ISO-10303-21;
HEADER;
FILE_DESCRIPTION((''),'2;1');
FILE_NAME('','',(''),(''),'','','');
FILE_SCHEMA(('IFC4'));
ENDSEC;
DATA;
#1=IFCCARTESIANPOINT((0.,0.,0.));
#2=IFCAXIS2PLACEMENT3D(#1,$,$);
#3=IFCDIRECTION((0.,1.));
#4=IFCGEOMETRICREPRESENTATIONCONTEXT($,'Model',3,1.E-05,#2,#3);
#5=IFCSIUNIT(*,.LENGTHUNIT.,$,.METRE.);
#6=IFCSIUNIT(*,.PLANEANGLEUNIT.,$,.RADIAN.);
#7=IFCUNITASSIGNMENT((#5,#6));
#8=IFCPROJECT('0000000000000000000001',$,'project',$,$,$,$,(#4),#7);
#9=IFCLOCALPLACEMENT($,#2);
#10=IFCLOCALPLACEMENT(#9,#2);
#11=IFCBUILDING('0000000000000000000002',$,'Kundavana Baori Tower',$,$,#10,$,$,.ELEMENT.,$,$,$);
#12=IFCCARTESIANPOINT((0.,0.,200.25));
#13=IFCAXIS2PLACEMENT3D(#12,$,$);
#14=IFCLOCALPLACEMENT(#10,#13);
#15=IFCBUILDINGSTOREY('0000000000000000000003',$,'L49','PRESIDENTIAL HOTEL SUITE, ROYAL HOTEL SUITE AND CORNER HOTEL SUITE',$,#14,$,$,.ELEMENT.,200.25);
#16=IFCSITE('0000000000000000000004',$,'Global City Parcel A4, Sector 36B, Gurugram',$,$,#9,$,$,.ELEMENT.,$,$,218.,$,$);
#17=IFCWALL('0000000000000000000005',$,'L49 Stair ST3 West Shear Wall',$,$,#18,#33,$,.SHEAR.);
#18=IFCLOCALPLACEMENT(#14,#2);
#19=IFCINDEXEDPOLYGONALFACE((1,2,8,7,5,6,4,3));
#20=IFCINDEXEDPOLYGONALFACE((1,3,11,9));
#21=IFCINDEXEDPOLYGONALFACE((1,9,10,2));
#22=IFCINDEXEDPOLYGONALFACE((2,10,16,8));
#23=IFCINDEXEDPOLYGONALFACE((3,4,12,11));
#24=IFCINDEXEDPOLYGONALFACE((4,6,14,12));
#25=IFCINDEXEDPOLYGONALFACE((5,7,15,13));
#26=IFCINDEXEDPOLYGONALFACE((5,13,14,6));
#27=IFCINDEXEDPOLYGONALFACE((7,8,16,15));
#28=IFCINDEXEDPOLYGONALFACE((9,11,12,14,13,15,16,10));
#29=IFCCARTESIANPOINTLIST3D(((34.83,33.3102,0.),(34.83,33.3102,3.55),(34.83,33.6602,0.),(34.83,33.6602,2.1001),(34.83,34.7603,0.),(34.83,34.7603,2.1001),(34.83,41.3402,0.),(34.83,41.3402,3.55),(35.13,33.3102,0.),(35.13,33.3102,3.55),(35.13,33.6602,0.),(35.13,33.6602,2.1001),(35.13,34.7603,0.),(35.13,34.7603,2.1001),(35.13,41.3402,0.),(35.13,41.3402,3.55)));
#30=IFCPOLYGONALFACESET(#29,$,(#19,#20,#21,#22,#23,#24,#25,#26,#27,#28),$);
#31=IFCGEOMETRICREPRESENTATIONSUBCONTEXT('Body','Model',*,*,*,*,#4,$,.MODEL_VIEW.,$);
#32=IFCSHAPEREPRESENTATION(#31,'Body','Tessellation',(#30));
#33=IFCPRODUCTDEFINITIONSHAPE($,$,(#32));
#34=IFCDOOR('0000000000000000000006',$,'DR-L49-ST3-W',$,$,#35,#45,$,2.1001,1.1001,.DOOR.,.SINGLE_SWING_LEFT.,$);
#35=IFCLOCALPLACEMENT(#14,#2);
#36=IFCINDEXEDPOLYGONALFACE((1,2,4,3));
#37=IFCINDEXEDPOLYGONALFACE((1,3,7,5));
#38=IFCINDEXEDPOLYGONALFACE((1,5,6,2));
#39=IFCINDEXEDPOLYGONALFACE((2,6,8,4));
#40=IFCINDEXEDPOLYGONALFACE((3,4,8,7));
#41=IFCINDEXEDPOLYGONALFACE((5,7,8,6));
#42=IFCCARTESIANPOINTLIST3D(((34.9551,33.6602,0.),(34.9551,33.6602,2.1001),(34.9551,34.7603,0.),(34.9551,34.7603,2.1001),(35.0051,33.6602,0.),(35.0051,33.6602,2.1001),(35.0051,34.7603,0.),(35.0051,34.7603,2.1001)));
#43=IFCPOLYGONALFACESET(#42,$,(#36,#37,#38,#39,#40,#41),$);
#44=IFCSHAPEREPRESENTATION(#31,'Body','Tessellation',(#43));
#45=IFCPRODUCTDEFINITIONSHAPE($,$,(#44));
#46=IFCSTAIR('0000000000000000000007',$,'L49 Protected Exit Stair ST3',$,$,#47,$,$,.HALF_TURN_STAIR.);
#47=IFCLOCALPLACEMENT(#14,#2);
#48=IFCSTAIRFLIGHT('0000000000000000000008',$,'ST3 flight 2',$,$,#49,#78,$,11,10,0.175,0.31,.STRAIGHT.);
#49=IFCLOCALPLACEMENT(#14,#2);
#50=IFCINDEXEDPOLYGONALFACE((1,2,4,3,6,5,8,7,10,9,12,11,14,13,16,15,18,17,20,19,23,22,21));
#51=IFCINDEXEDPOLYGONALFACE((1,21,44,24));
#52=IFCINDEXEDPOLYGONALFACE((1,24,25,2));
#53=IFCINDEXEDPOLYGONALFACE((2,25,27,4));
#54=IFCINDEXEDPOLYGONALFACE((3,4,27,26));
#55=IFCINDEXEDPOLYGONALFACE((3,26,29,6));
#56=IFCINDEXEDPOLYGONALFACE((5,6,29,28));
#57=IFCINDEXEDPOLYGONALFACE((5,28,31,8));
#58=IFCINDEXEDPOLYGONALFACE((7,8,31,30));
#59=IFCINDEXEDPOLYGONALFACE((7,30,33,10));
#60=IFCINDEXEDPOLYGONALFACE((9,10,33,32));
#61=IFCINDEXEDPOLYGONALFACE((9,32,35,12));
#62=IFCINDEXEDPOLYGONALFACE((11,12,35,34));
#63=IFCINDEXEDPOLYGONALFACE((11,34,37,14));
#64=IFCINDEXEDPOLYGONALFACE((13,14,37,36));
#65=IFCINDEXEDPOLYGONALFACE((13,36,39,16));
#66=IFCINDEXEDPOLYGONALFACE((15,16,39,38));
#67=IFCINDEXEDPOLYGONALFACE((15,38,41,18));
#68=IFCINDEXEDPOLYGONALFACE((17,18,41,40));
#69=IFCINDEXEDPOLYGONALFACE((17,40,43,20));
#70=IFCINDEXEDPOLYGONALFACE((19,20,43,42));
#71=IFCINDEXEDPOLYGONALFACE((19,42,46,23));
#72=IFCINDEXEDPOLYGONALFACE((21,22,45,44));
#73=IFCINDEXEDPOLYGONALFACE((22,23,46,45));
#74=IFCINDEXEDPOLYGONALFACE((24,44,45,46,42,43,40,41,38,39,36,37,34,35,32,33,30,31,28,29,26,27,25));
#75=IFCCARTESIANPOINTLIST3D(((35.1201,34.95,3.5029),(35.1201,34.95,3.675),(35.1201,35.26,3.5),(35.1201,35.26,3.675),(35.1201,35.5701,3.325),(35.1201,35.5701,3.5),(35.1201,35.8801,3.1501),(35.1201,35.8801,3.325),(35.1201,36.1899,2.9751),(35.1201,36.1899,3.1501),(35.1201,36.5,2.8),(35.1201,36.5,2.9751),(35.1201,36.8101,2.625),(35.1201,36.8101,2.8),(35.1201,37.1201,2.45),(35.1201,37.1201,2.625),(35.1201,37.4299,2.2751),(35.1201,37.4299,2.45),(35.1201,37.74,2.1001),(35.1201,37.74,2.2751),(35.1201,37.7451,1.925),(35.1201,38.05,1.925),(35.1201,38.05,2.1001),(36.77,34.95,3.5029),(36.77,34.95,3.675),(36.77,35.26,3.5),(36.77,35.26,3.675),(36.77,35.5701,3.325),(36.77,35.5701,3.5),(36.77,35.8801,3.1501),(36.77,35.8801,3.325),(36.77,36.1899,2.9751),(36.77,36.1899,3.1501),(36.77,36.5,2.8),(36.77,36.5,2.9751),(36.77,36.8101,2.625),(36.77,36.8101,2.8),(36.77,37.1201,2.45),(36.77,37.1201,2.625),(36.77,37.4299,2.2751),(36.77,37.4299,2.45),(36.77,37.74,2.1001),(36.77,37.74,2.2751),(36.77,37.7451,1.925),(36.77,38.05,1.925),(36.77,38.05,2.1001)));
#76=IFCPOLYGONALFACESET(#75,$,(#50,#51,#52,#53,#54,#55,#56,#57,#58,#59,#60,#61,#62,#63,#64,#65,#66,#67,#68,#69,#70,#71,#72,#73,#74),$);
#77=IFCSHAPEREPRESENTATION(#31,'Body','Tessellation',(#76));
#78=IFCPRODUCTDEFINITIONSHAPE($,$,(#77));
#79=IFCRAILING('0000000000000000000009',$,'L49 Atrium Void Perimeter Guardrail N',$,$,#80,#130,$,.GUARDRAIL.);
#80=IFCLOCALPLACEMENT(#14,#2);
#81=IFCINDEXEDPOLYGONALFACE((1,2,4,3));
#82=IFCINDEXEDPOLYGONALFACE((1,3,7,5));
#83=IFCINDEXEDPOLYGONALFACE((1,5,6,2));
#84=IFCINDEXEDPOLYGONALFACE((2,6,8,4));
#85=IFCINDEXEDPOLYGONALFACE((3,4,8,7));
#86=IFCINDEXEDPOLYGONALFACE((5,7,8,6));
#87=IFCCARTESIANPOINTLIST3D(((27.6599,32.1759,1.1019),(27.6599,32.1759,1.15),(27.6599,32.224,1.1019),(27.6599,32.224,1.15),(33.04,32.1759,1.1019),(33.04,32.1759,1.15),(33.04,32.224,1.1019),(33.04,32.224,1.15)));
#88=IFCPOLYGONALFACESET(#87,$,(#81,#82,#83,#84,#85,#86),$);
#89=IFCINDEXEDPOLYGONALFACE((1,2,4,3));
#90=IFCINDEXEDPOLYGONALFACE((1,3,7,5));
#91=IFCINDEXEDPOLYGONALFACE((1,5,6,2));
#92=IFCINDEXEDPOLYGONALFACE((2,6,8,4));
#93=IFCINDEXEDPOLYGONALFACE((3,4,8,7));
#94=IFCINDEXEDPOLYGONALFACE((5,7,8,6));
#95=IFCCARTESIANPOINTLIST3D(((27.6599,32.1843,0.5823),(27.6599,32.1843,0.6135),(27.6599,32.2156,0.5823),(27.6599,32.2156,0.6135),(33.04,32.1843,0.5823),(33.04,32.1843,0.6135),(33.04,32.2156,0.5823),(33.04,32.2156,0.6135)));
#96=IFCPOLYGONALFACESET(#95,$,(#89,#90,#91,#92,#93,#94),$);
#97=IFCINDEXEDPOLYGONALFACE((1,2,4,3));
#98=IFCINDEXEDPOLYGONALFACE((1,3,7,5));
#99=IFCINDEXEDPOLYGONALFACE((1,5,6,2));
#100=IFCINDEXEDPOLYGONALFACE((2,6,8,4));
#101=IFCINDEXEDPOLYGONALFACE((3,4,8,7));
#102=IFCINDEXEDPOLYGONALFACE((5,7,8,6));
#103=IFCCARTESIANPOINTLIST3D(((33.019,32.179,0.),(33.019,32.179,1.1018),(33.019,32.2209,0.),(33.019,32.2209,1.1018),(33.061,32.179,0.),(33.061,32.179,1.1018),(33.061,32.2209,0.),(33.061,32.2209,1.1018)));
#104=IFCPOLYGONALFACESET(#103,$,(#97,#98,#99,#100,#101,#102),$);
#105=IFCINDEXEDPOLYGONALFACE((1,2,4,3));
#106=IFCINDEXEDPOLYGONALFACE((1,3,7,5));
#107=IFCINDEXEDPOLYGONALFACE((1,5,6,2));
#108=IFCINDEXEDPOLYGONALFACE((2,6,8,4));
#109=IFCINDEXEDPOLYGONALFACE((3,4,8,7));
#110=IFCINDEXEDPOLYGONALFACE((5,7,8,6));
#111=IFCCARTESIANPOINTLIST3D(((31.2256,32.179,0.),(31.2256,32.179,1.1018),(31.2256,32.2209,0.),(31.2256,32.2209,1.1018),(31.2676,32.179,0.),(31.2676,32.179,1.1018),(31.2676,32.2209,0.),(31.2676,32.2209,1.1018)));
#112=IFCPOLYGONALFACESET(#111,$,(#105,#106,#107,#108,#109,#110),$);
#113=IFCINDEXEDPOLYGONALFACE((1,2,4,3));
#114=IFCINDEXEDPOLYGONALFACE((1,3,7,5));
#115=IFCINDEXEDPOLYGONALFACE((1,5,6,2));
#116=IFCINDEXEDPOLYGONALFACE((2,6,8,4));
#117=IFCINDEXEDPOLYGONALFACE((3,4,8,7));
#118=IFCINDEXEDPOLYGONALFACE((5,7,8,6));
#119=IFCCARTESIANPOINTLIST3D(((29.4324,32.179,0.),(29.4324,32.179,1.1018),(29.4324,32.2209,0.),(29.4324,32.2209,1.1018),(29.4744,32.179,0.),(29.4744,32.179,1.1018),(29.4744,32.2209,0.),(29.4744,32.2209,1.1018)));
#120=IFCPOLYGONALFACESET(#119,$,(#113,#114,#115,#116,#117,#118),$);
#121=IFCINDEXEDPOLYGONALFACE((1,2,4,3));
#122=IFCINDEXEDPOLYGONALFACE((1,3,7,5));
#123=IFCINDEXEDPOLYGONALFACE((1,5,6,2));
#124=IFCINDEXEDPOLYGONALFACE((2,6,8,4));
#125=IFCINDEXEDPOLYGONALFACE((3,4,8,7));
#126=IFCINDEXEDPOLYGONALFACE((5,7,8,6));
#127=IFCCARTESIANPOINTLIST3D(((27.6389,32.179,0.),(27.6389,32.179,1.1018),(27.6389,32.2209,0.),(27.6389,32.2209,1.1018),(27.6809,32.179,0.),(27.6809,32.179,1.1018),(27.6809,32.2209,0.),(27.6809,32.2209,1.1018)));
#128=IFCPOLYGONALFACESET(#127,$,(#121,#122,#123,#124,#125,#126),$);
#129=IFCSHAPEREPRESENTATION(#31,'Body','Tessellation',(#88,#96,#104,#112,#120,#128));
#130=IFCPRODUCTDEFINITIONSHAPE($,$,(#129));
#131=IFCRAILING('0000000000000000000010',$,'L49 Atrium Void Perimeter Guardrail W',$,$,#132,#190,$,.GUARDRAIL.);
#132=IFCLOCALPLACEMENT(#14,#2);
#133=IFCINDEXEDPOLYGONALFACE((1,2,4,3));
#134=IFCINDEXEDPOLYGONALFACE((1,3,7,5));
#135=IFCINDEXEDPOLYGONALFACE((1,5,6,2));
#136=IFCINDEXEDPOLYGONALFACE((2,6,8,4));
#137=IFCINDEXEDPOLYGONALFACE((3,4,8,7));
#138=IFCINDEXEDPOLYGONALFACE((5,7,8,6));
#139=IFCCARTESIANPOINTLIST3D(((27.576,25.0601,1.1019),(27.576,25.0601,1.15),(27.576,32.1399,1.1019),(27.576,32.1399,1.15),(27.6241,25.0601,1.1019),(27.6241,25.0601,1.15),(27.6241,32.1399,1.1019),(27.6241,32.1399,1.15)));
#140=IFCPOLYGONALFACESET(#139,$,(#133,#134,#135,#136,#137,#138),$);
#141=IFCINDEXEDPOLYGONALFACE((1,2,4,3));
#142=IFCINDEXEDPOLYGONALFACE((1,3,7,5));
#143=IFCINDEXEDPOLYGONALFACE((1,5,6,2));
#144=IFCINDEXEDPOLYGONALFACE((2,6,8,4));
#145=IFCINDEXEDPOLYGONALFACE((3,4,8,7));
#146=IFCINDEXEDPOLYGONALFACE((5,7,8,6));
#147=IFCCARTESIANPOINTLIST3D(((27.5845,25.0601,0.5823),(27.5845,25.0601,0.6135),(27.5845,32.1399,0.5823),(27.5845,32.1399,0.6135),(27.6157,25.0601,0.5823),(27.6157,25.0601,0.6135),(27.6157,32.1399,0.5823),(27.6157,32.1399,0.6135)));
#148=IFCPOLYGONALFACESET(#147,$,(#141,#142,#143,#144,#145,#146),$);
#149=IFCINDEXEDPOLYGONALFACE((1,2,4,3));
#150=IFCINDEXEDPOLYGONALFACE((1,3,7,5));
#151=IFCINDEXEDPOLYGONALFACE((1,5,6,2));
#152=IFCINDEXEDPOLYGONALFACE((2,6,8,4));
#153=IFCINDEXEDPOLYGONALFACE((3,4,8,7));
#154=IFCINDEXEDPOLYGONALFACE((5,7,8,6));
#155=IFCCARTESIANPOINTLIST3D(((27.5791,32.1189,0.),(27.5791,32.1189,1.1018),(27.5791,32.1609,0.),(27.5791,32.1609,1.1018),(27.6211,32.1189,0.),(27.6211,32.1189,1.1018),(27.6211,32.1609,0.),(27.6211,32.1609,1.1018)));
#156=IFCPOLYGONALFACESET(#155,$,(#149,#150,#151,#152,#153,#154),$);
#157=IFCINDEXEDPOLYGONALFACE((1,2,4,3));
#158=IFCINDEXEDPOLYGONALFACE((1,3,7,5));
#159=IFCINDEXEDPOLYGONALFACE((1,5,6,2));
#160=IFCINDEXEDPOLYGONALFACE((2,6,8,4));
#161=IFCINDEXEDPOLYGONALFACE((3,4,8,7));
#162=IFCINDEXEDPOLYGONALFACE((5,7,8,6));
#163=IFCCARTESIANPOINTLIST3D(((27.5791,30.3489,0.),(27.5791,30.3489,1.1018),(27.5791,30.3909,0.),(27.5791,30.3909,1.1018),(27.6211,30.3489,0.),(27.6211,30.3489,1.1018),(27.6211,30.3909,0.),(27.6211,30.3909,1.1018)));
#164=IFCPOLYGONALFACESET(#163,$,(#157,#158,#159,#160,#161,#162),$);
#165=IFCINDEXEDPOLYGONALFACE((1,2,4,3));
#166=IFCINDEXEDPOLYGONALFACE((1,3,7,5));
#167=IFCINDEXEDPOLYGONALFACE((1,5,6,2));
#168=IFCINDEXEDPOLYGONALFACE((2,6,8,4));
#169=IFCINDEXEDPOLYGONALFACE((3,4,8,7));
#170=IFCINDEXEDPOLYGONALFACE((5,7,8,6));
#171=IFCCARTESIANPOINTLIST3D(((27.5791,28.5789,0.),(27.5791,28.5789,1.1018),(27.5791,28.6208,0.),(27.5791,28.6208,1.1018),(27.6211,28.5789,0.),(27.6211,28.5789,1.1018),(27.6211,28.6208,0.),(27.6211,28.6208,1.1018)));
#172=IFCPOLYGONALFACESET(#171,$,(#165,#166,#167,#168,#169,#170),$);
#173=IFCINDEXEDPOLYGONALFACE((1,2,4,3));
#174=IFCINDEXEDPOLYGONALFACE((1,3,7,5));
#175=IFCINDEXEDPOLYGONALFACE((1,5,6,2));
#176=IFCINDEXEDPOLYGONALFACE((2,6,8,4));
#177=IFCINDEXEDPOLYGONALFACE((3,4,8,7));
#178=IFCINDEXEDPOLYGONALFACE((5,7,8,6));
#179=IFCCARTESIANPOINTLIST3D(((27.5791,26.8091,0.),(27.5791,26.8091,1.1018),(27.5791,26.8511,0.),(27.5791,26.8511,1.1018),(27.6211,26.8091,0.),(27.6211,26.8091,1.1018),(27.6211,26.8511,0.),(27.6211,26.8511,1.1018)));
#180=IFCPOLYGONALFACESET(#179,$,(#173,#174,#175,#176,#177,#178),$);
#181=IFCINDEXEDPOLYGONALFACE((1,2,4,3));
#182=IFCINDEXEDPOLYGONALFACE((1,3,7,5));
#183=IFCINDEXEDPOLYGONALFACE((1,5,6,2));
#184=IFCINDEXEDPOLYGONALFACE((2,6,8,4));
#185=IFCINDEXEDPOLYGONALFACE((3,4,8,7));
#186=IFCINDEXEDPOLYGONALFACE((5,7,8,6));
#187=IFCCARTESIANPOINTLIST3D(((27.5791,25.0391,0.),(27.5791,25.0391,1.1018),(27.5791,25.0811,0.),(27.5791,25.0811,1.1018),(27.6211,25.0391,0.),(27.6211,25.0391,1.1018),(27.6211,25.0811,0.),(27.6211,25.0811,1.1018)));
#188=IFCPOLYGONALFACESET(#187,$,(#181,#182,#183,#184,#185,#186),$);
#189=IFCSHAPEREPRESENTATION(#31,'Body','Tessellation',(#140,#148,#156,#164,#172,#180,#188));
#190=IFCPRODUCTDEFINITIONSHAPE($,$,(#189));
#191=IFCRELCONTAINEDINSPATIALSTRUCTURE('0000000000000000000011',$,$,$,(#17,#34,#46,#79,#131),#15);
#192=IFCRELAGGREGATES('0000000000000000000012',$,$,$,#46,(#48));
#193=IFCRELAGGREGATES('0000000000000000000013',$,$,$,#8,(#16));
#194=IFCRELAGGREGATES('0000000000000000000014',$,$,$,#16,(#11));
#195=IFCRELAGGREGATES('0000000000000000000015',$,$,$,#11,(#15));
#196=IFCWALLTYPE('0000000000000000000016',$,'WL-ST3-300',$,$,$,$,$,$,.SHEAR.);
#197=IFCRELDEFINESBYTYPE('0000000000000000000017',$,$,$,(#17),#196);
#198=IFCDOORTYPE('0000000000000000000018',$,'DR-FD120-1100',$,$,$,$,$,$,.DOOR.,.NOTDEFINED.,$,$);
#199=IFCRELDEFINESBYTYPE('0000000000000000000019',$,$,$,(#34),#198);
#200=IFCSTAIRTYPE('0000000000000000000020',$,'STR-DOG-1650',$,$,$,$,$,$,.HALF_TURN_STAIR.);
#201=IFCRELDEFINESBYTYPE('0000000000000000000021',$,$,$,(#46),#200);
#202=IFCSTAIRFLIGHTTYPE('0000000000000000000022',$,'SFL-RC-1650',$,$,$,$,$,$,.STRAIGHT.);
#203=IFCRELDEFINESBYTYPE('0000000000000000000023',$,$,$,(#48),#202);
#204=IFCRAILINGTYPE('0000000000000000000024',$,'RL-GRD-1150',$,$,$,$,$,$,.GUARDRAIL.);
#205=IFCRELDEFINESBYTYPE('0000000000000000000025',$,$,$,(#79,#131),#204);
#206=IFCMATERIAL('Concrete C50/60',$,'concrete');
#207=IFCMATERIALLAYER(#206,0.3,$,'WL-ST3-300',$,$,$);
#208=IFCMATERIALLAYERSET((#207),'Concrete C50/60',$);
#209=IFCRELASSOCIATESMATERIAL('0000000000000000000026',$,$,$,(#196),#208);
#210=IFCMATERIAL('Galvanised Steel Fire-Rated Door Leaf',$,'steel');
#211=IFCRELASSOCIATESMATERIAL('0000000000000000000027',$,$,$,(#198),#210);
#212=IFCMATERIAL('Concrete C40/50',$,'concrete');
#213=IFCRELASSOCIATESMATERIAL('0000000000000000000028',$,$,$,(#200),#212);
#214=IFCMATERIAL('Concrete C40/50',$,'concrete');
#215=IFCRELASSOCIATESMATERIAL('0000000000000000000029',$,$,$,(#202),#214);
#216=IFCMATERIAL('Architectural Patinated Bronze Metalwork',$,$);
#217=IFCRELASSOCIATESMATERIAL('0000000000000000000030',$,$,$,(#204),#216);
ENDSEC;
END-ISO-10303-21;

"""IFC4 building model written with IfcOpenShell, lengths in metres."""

from ifc_helpers import new_model, si_unit, direction, frame, frame_2d, origin, origin_2d, place, context, subcontext, project, spatial, polyline, rectangle, outline, extrude, material, layer, layer_set, type_object, element, fill, aggregate, save


model = new_model("IFC4")

# Units and contexts
model_context = context("Model", 3, precision=1e-05, world=origin(), true_north=direction((0.0, 1.0)))
body_context = subcontext(model_context, "Body", "Model", "MODEL_VIEW")
ifc_project = project(units=[si_unit("LENGTHUNIT", "METRE"), si_unit("PLANEANGLEUNIT", "RADIAN")], contexts=[model_context])

# Site, building, storey
site_placement = place(None, origin())
site = spatial("IfcSite", under=ifc_project, at=site_placement, Name="Global City Parcel A4, Sector 36B, Gurugram", CompositionType="ELEMENT", RefElevation=218.0)
building_placement = place(site_placement, origin())
building = spatial("IfcBuilding", under=site, at=building_placement, Name="Kundavana Baori Tower", CompositionType="ELEMENT")
storey_placement = place(building_placement, frame((0.0, 0.0, 200.25)))
storey = spatial("IfcBuildingStorey", under=building, at=storey_placement, Name="L49", Description="PRESIDENTIAL HOTEL SUITE, ROYAL HOTEL SUITE AND CORNER HOTEL SUITE", CompositionType="ELEMENT", Elevation=200.25)

# Shared definitions
ifc_material_1 = material(Name="Concrete C50/60", Category="concrete")
ifc_layer_1 = layer(ifc_material_1, 0.3, Name="WL-ST3-300")
ifc_layer_set_1 = layer_set([ifc_layer_1], Name="Concrete C50/60")
wall_type_1 = type_object("IfcWallType", Name="WL-ST3-300", PredefinedType="SHEAR", material=ifc_layer_set_1)

# Wall, opening, door
wall_1_placement = place(storey_placement, frame((34.98, 33.3101, 0.0), z_axis=(0.0, 0.0, 1.0), x_axis=(0.0, 1.0, 0.0)))
wall_1 = element("IfcWall", 1, at=wall_1_placement, inside=storey, type_object=wall_type_1, Name="L49 Stair ST3 West Shear Wall", PredefinedType="SHEAR", context=body_context, shape_type="SweptSolid", body=[
    extrude(rectangle(XDim=8.03, YDim=0.3, at=frame_2d((4.0151, 0.0))), origin(), (0.0, 0.0, 1.0), 3.55),
])
opening_1_placement = place(wall_1_placement, frame((0.3501, 0.0, 0.0)))
opening_1 = element("IfcOpeningElement", 2, at=opening_1_placement, cuts=wall_1, PredefinedType="OPENING", context=body_context, shape_type="SweptSolid", body=[
    extrude(rectangle(XDim=1.1001, YDim=2.1001, at=frame_2d((0.55, 1.05))), frame((0.0, 0.1602, 0.0), z_axis=(0.0, -1.0, 0.0), x_axis=(1.0, 0.0, 0.0)), (0.0, 0.0, 1.0), 0.3201),
])
ifc_material_2 = material(Name="Galvanised Steel Fire-Rated Door Leaf", Category="steel")
door_type_1 = type_object("IfcDoorType", Name="DR-FD120-1100", OperationType="NOTDEFINED", PredefinedType="DOOR", material=ifc_material_2)
door_1_placement = place(opening_1_placement, origin())
door_1 = element("IfcDoor", 3, at=door_1_placement, inside=storey, type_object=door_type_1, Name="DR-L49-ST3-W", OperationType="SINGLE_SWING_LEFT", OverallHeight=2.1001, OverallWidth=1.1001, PredefinedType="DOOR", context=body_context, shape_type="SweptSolid", body=[
    extrude(rectangle(XDim=1.1001, YDim=2.1001, at=frame_2d((0.55, 1.05))), frame((0.0, 0.0249, 0.0), z_axis=(0.0, -1.0, 0.0), x_axis=(1.0, 0.0, 0.0)), (0.0, 0.0, 1.0), 0.05),
])
fill(opening_1, door_1)

# Stair, stair flight
ifc_material_3 = material(Name="Concrete C40/50", Category="concrete")
stair_type = type_object("IfcStairType", Name="STR-DOG-1650", PredefinedType="HALF_TURN_STAIR", material=ifc_material_3)
stair_placement = place(storey_placement, origin())
stair = element("IfcStair", 4, at=stair_placement, inside=storey, type_object=stair_type, Name="L49 Protected Exit Stair ST3", PredefinedType="HALF_TURN_STAIR")
ifc_material_4 = material(Name="Concrete C40/50", Category="concrete")
stair_flight_type = type_object("IfcStairFlightType", Name="SFL-RC-1650", PredefinedType="STRAIGHT", material=ifc_material_4)
stair_flight_placement = place(storey_placement, frame((35.9451, 38.05, 1.925), z_axis=(0.0, 0.0, 1.0), x_axis=(0.0, -1.0, 0.0)))
stair_flight = element("IfcStairFlight", 5, at=stair_flight_placement, type_object=stair_flight_type, Name="ST3 flight 2", NumberOfRisers=11, NumberOfTreads=10, PredefinedType="STRAIGHT", RiserHeight=0.175, TreadLength=0.31, context=body_context, shape_type="SweptSolid", body=[
    extrude(outline(polyline([(0.0, 0.0), (0.0, 0.175), (0.3101, 0.175), (0.3101, 0.3501), (0.6201, 0.3501), (0.6201, 0.5249), (0.9299, 0.5249), (0.9299, 0.7), (1.24, 0.7), (1.24, 0.875), (1.55, 0.875), (1.55, 1.05), (1.8601, 1.05), (1.8601, 1.2251), (2.1699, 1.2251), (2.1699, 1.3999), (2.48, 1.3999), (2.48, 1.575), (2.79, 1.575), (2.79, 1.75), (3.1001, 1.75), (3.1001, 1.925), (3.1001, 1.5779), (0.3049, 0.0), (0.0, 0.0)])), frame((0.0, 0.825, 0.0), z_axis=(0.0, -1.0, 0.0), x_axis=(1.0, 0.0, 0.0)), (0.0, 0.0, 1.0), 1.6499),
])
aggregate(stair, [stair_flight])

# Railings
ifc_material_5 = material(Name="Architectural Patinated Bronze Metalwork")
railing_type_1 = type_object("IfcRailingType", Name="RL-GRD-1150", PredefinedType="GUARDRAIL", material=ifc_material_5)
railing_1_placement = place(storey_placement, frame((33.04, 32.2, 0.0)))
element("IfcRailing", 6, at=railing_1_placement, inside=storey, type_object=railing_type_1, Name="L49 Atrium Void Perimeter Guardrail N", PredefinedType="GUARDRAIL", context=body_context, shape_type="SweptSolid", body=[
    extrude(rectangle(XDim=0.0481, YDim=0.0481, at=origin_2d()), frame((0.0, 0.0, 1.126), z_axis=(-1.0, 0.0, 0.0), x_axis=(0.0, -1.0, 0.0)), (0.0, 0.0, 1.0), 5.3801),
    extrude(rectangle(XDim=0.0312, YDim=0.0312, at=origin_2d()), frame((0.0, 0.0, 0.5979), z_axis=(-1.0, 0.0, 0.0), x_axis=(0.0, -1.0, 0.0)), (0.0, 0.0, 1.0), 5.3801),
    extrude(rectangle(XDim=0.042, YDim=0.042, at=origin_2d()), origin(), (0.0, 0.0, 1.0), 1.1018),
    extrude(rectangle(XDim=0.042, YDim=0.042, at=origin_2d()), frame((-1.7935, 0.0, 0.0)), (0.0, 0.0, 1.0), 1.1018),
    extrude(rectangle(XDim=0.042, YDim=0.042, at=origin_2d()), frame((-3.5867, 0.0, 0.0)), (0.0, 0.0, 1.0), 1.1018),
    extrude(rectangle(XDim=0.042, YDim=0.042, at=origin_2d()), frame((-5.3801, 0.0, 0.0)), (0.0, 0.0, 1.0), 1.1018),
])
railing_2_placement = place(storey_placement, frame((27.6001, 32.1399, 0.0)))
element("IfcRailing", 7, at=railing_2_placement, inside=storey, type_object=railing_type_1, Name="L49 Atrium Void Perimeter Guardrail W", PredefinedType="GUARDRAIL", context=body_context, shape_type="SweptSolid", body=[
    extrude(rectangle(XDim=0.0481, YDim=0.0481, at=origin_2d()), frame((0.0, 0.0, 1.126), z_axis=(0.0, -1.0, 0.0), x_axis=(1.0, 0.0, 0.0)), (0.0, 0.0, 1.0), 7.0798),
    extrude(rectangle(XDim=0.0312, YDim=0.0312, at=origin_2d()), frame((0.0, 0.0, 0.5979), z_axis=(0.0, -1.0, 0.0), x_axis=(1.0, 0.0, 0.0)), (0.0, 0.0, 1.0), 7.0798),
    extrude(rectangle(XDim=0.042, YDim=0.042, at=origin_2d()), origin(), (0.0, 0.0, 1.0), 1.1018),
    extrude(rectangle(XDim=0.042, YDim=0.042, at=origin_2d()), frame((0.0, -1.77, 0.0)), (0.0, 0.0, 1.0), 1.1018),
    extrude(rectangle(XDim=0.042, YDim=0.042, at=origin_2d()), frame((0.0, -3.54, 0.0)), (0.0, 0.0, 1.0), 1.1018),
    extrude(rectangle(XDim=0.042, YDim=0.042, at=origin_2d()), frame((0.0, -5.3098, 0.0)), (0.0, 0.0, 1.0), 1.1018),
    extrude(rectangle(XDim=0.042, YDim=0.042, at=origin_2d()), frame((0.0, -7.0798, 0.0)), (0.0, 0.0, 1.0), 1.1018),
])

save(model, "model.ifc")
